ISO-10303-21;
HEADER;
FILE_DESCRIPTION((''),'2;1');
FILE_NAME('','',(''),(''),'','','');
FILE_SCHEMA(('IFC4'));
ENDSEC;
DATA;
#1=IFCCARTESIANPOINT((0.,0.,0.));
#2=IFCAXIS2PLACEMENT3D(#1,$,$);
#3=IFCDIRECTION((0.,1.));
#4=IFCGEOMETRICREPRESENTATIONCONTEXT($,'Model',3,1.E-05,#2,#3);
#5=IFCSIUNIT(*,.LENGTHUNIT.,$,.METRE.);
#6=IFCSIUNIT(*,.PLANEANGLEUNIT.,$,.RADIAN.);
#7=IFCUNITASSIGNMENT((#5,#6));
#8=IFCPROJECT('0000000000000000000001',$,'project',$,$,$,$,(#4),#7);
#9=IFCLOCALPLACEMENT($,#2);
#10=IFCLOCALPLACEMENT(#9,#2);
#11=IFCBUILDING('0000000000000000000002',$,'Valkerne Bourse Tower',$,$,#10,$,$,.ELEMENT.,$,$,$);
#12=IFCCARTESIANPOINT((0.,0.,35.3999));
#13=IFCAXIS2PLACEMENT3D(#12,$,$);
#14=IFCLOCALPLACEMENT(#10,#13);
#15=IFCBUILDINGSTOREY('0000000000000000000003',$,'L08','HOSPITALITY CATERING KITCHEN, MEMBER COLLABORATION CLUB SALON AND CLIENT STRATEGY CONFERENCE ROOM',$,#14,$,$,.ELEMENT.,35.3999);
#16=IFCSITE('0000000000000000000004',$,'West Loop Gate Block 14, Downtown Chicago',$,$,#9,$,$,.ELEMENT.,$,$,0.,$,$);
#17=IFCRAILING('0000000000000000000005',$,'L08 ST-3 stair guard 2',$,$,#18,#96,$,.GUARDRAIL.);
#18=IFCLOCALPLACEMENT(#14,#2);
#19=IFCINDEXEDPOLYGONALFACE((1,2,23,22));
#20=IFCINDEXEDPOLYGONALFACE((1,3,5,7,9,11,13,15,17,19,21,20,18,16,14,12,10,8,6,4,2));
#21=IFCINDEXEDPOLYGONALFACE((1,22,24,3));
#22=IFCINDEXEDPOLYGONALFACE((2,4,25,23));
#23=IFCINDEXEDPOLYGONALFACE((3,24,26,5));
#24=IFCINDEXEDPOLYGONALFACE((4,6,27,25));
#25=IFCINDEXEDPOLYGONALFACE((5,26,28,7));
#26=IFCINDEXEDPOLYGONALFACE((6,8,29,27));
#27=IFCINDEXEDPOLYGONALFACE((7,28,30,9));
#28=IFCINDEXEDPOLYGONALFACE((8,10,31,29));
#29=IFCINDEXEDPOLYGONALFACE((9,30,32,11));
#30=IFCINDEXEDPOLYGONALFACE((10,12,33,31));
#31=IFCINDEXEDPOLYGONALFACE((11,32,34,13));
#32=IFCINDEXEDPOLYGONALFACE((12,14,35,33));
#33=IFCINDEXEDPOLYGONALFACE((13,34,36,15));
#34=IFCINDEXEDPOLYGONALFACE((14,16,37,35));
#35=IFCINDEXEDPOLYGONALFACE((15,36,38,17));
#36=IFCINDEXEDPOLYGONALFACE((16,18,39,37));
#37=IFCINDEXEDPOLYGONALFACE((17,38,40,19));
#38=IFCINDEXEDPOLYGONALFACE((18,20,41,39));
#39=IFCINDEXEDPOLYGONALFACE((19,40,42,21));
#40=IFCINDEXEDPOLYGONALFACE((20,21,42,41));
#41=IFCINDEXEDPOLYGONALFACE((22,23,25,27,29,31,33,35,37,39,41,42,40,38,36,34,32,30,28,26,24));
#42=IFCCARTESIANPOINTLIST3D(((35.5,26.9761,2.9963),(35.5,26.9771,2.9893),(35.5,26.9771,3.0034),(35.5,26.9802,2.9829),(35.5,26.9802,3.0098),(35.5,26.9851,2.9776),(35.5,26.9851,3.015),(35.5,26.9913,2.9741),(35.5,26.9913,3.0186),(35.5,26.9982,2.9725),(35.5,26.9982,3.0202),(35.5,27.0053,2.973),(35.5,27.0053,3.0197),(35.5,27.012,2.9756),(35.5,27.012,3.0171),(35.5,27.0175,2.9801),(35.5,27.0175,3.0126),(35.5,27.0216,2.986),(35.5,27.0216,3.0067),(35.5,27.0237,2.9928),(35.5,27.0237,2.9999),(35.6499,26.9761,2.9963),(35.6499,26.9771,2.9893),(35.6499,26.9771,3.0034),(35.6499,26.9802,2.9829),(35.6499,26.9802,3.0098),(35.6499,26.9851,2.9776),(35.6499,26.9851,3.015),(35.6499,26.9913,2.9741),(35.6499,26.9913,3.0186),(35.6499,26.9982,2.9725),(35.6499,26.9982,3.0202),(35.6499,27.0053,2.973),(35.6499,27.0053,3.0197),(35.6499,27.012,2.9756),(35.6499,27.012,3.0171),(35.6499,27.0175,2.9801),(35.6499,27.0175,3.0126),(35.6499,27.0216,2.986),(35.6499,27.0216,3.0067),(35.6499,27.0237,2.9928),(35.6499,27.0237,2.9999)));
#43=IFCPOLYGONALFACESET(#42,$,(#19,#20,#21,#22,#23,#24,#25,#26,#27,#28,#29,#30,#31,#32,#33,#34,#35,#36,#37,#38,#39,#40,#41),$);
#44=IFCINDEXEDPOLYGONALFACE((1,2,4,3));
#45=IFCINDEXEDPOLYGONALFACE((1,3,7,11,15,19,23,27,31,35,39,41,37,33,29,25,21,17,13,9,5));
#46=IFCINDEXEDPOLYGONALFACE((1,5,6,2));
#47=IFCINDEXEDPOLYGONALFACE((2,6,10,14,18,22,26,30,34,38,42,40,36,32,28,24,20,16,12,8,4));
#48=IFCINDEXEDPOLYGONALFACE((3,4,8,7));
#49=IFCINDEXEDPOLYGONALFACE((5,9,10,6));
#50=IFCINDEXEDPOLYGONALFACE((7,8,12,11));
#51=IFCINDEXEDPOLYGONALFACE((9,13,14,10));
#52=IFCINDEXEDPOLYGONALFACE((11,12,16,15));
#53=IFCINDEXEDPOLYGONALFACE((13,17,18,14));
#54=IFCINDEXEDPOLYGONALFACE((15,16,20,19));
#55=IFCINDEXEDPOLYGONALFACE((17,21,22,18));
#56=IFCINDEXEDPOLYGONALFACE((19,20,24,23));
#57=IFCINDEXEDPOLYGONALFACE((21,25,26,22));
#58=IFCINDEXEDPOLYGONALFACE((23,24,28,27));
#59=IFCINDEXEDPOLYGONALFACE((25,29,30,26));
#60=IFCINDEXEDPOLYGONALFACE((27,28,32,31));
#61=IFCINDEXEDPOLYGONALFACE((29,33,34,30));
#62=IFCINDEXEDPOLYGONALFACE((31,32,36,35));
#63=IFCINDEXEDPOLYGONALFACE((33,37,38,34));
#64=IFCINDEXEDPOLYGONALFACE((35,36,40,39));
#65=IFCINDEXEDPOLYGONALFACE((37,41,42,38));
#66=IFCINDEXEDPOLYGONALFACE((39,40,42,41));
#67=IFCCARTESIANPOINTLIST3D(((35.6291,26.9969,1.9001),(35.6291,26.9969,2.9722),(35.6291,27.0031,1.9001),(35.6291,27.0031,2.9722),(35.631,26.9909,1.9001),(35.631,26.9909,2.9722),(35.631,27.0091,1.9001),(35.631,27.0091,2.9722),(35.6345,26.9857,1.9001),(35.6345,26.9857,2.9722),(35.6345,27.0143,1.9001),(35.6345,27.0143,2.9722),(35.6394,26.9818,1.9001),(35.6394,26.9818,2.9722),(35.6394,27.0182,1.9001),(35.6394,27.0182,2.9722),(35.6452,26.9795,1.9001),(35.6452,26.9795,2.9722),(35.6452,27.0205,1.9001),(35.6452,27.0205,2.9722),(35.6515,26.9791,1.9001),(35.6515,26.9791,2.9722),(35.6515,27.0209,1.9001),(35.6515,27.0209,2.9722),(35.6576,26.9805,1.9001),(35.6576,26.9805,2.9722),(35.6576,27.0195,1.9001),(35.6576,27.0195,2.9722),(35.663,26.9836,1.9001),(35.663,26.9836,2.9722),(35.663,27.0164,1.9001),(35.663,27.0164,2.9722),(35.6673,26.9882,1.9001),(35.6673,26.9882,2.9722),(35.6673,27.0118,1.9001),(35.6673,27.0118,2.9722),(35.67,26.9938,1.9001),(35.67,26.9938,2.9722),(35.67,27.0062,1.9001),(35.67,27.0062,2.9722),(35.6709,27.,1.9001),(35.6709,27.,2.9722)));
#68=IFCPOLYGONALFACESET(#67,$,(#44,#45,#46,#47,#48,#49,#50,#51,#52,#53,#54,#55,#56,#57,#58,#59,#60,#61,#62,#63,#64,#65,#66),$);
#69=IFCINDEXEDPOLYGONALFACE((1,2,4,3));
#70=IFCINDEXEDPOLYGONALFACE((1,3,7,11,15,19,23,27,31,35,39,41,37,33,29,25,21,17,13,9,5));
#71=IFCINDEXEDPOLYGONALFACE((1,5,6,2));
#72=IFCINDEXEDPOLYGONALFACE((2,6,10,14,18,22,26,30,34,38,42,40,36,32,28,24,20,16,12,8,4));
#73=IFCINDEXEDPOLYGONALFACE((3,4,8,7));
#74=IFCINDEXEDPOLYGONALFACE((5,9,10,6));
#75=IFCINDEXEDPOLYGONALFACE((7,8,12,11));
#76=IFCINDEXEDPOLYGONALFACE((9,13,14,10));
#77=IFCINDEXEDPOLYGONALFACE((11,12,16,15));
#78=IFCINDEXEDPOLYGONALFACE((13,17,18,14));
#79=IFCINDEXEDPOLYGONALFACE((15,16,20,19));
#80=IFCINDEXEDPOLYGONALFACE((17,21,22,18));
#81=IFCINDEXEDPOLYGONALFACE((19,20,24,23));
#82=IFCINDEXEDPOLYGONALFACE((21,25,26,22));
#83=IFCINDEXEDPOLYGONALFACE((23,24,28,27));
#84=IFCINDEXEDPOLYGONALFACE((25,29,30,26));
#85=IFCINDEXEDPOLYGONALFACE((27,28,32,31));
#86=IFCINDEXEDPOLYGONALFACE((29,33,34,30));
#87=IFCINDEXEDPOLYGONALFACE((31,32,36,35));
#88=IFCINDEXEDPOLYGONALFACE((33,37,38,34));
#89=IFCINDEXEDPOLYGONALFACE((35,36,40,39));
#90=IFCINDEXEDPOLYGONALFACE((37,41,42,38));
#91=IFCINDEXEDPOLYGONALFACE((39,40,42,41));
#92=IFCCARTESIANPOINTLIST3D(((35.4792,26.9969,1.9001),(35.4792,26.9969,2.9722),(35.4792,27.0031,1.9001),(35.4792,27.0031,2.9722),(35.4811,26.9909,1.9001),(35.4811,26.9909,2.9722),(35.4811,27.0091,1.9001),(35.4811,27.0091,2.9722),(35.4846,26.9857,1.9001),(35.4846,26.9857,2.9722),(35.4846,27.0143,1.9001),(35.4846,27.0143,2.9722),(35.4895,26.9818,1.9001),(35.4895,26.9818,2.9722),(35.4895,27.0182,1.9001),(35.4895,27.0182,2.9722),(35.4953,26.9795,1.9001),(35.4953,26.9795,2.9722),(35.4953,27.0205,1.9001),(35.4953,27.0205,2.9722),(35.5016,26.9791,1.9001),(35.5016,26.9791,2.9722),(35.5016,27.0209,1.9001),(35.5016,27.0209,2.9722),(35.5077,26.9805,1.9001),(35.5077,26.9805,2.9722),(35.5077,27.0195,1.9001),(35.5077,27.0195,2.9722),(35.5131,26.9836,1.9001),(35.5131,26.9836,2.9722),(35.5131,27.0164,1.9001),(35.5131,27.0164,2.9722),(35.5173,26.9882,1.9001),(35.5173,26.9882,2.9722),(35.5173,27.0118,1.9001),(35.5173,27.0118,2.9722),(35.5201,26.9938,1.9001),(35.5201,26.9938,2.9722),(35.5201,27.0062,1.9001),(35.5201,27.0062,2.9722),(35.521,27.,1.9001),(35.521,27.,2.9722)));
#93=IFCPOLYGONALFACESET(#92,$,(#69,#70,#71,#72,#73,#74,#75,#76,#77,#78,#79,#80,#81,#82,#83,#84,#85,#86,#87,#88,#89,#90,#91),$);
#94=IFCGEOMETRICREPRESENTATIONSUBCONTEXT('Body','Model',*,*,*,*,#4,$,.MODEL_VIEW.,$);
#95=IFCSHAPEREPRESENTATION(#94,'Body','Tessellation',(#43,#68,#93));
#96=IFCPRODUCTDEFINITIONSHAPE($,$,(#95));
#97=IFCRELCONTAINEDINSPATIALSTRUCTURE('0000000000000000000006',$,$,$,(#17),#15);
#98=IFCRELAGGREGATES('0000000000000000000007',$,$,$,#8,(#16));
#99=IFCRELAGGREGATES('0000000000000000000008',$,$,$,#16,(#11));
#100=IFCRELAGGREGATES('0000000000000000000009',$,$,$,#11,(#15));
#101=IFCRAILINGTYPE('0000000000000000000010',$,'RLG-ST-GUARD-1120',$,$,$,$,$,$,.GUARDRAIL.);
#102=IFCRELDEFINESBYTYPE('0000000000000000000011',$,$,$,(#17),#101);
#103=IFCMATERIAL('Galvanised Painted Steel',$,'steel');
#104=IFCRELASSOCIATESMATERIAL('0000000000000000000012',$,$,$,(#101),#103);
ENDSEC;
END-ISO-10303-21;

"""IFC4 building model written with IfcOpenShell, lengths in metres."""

from ifc_helpers import new_model, si_unit, direction, frame, origin, origin_2d, place, context, subcontext, project, spatial, circle, extrude, material, type_object, element, save


model = new_model("IFC4")

# Units and contexts
model_context = context("Model", 3, precision=1e-05, world=origin(), true_north=direction((0.0, 1.0)))
body_context = subcontext(model_context, "Body", "Model", "MODEL_VIEW")
ifc_project = project(units=[si_unit("LENGTHUNIT", "METRE"), si_unit("PLANEANGLEUNIT", "RADIAN")], contexts=[model_context])

# Site, building, storey
site_placement = place(None, origin())
site = spatial("IfcSite", under=ifc_project, at=site_placement, Name="West Loop Gate Block 14, Downtown Chicago", CompositionType="ELEMENT", RefElevation=0.0)
building_placement = place(site_placement, origin())
building = spatial("IfcBuilding", under=site, at=building_placement, Name="Valkerne Bourse Tower", CompositionType="ELEMENT")
storey_placement = place(building_placement, frame((0.0, 0.0, 35.3999)))
storey = spatial("IfcBuildingStorey", under=building, at=storey_placement, Name="L08", Description="HOSPITALITY CATERING KITCHEN, MEMBER COLLABORATION CLUB SALON AND CLIENT STRATEGY CONFERENCE ROOM", CompositionType="ELEMENT", Elevation=35.3999)

# Railing
ifc_material_1 = material(Name="Galvanised Painted Steel", Category="steel")
railing_type_1 = type_object("IfcRailingType", Name="RLG-ST-GUARD-1120", PredefinedType="GUARDRAIL", material=ifc_material_1)
railing_1_placement = place(storey_placement, frame((35.6499, 27.0, 1.9001)))
element("IfcRailing", 1, at=railing_1_placement, inside=storey, type_object=railing_type_1, Name="L08 ST-3 stair guard 2", PredefinedType="GUARDRAIL", context=body_context, shape_type="SweptSolid", body=[
    extrude(circle(Radius=0.0239, at=origin_2d()), frame((0.0, 0.0, 1.0962), z_axis=(-1.0, 0.0, 0.0), x_axis=(0.0, -1.0, 0.0)), (0.0, 0.0, 1.0), 0.1499),
    extrude(circle(Radius=0.021, at=origin_2d()), origin(), (0.0, 0.0, 1.0), 1.072),
    extrude(circle(Radius=0.021, at=origin_2d()), frame((-0.1499, 0.0, 0.0)), (0.0, 0.0, 1.0), 1.072),
])

save(model, "model.ifc")
